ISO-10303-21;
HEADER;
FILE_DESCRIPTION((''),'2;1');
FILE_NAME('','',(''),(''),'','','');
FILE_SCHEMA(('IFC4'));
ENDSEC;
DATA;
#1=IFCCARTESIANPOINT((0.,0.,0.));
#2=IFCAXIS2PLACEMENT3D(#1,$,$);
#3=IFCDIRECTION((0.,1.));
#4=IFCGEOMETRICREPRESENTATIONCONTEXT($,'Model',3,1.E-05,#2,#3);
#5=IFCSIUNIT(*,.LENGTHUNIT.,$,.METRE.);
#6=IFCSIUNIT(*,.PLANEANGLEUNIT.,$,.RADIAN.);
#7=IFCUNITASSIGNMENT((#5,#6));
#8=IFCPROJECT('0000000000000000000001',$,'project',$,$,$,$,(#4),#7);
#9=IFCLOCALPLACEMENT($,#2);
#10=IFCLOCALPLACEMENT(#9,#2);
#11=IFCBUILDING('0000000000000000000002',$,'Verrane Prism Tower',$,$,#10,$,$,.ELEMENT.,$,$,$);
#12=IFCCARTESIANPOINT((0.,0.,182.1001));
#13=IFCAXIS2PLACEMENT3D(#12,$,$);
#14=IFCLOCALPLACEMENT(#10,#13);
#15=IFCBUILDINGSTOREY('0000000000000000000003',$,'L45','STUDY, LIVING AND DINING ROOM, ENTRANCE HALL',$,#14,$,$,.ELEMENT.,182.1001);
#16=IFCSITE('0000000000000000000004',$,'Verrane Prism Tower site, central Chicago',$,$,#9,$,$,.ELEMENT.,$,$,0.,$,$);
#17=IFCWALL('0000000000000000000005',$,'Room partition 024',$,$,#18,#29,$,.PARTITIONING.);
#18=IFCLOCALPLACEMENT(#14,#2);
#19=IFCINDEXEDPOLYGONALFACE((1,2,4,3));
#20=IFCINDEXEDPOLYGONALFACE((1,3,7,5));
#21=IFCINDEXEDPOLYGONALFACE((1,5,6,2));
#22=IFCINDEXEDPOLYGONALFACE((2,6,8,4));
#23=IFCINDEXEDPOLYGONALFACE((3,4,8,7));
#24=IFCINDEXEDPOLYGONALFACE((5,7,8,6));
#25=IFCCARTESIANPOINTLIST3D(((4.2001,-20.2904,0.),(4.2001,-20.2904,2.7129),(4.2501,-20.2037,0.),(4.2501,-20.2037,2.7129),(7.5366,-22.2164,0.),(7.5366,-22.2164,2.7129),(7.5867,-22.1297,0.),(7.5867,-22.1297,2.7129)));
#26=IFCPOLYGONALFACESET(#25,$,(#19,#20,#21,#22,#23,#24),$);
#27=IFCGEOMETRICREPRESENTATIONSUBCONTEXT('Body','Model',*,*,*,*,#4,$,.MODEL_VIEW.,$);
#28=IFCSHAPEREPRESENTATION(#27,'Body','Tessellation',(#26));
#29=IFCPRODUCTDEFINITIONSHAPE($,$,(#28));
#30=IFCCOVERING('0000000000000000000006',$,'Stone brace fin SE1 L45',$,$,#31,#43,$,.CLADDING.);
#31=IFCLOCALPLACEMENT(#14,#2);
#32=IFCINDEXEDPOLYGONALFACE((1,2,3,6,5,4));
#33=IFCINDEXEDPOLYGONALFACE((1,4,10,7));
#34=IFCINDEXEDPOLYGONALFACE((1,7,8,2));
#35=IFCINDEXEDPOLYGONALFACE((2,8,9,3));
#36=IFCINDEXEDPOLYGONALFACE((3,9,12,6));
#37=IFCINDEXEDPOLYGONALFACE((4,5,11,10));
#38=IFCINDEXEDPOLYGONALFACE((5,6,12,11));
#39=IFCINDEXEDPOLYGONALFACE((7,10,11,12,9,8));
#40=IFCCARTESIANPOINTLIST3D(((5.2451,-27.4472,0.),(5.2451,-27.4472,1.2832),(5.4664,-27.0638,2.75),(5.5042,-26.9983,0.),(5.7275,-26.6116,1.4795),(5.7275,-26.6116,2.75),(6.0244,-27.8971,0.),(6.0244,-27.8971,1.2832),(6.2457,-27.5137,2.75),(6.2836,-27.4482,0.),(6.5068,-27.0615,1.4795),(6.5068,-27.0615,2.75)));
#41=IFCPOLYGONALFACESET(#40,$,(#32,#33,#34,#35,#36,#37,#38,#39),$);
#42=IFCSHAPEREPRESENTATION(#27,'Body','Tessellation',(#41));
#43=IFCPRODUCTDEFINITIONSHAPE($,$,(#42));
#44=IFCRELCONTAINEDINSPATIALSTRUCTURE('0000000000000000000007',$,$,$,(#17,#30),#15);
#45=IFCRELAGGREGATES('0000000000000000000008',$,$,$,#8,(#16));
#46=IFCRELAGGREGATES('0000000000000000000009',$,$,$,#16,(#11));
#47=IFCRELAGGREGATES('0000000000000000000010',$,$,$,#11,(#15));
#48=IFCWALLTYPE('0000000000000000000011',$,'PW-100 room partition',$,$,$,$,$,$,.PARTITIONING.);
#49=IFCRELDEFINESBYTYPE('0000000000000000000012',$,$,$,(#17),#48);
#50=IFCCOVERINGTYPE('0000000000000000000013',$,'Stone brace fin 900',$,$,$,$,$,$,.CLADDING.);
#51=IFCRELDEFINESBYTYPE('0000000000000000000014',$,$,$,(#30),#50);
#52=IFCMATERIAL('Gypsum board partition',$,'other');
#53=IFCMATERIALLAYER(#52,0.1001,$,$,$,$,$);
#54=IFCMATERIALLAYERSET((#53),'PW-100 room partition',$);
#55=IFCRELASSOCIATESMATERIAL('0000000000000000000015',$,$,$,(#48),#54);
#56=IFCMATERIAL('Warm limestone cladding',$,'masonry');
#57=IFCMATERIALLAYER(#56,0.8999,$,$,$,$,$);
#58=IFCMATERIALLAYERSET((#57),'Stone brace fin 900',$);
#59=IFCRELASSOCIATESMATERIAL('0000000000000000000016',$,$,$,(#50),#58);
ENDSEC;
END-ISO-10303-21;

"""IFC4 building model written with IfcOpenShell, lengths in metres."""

from ifc_helpers import new_model, si_unit, direction, frame, frame_2d, origin, place, context, subcontext, project, spatial, polyline, rectangle, outline, extrude, material, layer, layer_set, type_object, element, save


model = new_model("IFC4")

# Units and contexts
model_context = context("Model", 3, precision=1e-05, world=origin(), true_north=direction((0.0, 1.0)))
body_context = subcontext(model_context, "Body", "Model", "MODEL_VIEW")
ifc_project = project(units=[si_unit("LENGTHUNIT", "METRE"), si_unit("PLANEANGLEUNIT", "RADIAN")], contexts=[model_context])

# Site, building, storey
site_placement = place(None, origin())
site = spatial("IfcSite", under=ifc_project, at=site_placement, Name="Verrane Prism Tower site, central Chicago", CompositionType="ELEMENT", RefElevation=0.0)
building_placement = place(site_placement, origin())
building = spatial("IfcBuilding", under=site, at=building_placement, Name="Verrane Prism Tower", CompositionType="ELEMENT")
storey_placement = place(building_placement, frame((0.0, 0.0, 182.1001)))
storey = spatial("IfcBuildingStorey", under=building, at=storey_placement, Name="L45", Description="STUDY, LIVING AND DINING ROOM, ENTRANCE HALL", CompositionType="ELEMENT", Elevation=182.1001)

# Shared definitions
ifc_material_1 = material(Name="Gypsum board partition", Category="other")
ifc_layer_1 = layer(ifc_material_1, 0.1001)
ifc_layer_set_1 = layer_set([ifc_layer_1], Name="PW-100 room partition")
wall_type = type_object("IfcWallType", Name="PW-100 room partition", PredefinedType="PARTITIONING", material=ifc_layer_set_1)

# Wall
wall_1_placement = place(storey_placement, frame((4.2251, -20.2471, 0.0), z_axis=(0.0, 0.0, 1.0), x_axis=(0.866071, -0.499922, 0.0)))
element("IfcWall", 1, at=wall_1_placement, inside=storey, type_object=wall_type, Name="Room partition 024", PredefinedType="PARTITIONING", context=body_context, shape_type="SweptSolid", body=[
    extrude(rectangle(XDim=3.8525, YDim=0.1001, at=frame_2d((1.9263, 0.0))), origin(), (0.0, 0.0, 1.0), 2.7129),
])

# Covering
ifc_material_2 = material(Name="Warm limestone cladding", Category="masonry")
ifc_layer_2 = layer(ifc_material_2, 0.8999)
ifc_layer_set_2 = layer_set([ifc_layer_2], Name="Stone brace fin 900")
covering_type = type_object("IfcCoveringType", Name="Stone brace fin 900", PredefinedType="CLADDING", material=ifc_layer_set_2)
covering_placement = place(storey_placement, frame((5.6348, -27.6721, 0.0), z_axis=(0.0, 0.0, 1.0), x_axis=(0.499949, 0.866055, 0.0)))
element("IfcCovering", 2, at=covering_placement, inside=storey, type_object=covering_type, Name="Stone brace fin SE1 L45", PredefinedType="CLADDING", context=body_context, shape_type="SweptSolid", body=[
    extrude(outline(polyline([(0.9648, 2.75), (0.4426, 2.75), (0.0, 1.2832), (0.0, 0.0), (0.5183, 0.0), (0.9648, 1.4795), (0.9648, 2.75)])), frame((0.0, 0.45, 0.0), z_axis=(0.0, -1.0, 0.0), x_axis=(1.0, 0.0, 0.0)), (0.0, 0.0, 1.0), 0.8999),
])

save(model, "model.ifc")
